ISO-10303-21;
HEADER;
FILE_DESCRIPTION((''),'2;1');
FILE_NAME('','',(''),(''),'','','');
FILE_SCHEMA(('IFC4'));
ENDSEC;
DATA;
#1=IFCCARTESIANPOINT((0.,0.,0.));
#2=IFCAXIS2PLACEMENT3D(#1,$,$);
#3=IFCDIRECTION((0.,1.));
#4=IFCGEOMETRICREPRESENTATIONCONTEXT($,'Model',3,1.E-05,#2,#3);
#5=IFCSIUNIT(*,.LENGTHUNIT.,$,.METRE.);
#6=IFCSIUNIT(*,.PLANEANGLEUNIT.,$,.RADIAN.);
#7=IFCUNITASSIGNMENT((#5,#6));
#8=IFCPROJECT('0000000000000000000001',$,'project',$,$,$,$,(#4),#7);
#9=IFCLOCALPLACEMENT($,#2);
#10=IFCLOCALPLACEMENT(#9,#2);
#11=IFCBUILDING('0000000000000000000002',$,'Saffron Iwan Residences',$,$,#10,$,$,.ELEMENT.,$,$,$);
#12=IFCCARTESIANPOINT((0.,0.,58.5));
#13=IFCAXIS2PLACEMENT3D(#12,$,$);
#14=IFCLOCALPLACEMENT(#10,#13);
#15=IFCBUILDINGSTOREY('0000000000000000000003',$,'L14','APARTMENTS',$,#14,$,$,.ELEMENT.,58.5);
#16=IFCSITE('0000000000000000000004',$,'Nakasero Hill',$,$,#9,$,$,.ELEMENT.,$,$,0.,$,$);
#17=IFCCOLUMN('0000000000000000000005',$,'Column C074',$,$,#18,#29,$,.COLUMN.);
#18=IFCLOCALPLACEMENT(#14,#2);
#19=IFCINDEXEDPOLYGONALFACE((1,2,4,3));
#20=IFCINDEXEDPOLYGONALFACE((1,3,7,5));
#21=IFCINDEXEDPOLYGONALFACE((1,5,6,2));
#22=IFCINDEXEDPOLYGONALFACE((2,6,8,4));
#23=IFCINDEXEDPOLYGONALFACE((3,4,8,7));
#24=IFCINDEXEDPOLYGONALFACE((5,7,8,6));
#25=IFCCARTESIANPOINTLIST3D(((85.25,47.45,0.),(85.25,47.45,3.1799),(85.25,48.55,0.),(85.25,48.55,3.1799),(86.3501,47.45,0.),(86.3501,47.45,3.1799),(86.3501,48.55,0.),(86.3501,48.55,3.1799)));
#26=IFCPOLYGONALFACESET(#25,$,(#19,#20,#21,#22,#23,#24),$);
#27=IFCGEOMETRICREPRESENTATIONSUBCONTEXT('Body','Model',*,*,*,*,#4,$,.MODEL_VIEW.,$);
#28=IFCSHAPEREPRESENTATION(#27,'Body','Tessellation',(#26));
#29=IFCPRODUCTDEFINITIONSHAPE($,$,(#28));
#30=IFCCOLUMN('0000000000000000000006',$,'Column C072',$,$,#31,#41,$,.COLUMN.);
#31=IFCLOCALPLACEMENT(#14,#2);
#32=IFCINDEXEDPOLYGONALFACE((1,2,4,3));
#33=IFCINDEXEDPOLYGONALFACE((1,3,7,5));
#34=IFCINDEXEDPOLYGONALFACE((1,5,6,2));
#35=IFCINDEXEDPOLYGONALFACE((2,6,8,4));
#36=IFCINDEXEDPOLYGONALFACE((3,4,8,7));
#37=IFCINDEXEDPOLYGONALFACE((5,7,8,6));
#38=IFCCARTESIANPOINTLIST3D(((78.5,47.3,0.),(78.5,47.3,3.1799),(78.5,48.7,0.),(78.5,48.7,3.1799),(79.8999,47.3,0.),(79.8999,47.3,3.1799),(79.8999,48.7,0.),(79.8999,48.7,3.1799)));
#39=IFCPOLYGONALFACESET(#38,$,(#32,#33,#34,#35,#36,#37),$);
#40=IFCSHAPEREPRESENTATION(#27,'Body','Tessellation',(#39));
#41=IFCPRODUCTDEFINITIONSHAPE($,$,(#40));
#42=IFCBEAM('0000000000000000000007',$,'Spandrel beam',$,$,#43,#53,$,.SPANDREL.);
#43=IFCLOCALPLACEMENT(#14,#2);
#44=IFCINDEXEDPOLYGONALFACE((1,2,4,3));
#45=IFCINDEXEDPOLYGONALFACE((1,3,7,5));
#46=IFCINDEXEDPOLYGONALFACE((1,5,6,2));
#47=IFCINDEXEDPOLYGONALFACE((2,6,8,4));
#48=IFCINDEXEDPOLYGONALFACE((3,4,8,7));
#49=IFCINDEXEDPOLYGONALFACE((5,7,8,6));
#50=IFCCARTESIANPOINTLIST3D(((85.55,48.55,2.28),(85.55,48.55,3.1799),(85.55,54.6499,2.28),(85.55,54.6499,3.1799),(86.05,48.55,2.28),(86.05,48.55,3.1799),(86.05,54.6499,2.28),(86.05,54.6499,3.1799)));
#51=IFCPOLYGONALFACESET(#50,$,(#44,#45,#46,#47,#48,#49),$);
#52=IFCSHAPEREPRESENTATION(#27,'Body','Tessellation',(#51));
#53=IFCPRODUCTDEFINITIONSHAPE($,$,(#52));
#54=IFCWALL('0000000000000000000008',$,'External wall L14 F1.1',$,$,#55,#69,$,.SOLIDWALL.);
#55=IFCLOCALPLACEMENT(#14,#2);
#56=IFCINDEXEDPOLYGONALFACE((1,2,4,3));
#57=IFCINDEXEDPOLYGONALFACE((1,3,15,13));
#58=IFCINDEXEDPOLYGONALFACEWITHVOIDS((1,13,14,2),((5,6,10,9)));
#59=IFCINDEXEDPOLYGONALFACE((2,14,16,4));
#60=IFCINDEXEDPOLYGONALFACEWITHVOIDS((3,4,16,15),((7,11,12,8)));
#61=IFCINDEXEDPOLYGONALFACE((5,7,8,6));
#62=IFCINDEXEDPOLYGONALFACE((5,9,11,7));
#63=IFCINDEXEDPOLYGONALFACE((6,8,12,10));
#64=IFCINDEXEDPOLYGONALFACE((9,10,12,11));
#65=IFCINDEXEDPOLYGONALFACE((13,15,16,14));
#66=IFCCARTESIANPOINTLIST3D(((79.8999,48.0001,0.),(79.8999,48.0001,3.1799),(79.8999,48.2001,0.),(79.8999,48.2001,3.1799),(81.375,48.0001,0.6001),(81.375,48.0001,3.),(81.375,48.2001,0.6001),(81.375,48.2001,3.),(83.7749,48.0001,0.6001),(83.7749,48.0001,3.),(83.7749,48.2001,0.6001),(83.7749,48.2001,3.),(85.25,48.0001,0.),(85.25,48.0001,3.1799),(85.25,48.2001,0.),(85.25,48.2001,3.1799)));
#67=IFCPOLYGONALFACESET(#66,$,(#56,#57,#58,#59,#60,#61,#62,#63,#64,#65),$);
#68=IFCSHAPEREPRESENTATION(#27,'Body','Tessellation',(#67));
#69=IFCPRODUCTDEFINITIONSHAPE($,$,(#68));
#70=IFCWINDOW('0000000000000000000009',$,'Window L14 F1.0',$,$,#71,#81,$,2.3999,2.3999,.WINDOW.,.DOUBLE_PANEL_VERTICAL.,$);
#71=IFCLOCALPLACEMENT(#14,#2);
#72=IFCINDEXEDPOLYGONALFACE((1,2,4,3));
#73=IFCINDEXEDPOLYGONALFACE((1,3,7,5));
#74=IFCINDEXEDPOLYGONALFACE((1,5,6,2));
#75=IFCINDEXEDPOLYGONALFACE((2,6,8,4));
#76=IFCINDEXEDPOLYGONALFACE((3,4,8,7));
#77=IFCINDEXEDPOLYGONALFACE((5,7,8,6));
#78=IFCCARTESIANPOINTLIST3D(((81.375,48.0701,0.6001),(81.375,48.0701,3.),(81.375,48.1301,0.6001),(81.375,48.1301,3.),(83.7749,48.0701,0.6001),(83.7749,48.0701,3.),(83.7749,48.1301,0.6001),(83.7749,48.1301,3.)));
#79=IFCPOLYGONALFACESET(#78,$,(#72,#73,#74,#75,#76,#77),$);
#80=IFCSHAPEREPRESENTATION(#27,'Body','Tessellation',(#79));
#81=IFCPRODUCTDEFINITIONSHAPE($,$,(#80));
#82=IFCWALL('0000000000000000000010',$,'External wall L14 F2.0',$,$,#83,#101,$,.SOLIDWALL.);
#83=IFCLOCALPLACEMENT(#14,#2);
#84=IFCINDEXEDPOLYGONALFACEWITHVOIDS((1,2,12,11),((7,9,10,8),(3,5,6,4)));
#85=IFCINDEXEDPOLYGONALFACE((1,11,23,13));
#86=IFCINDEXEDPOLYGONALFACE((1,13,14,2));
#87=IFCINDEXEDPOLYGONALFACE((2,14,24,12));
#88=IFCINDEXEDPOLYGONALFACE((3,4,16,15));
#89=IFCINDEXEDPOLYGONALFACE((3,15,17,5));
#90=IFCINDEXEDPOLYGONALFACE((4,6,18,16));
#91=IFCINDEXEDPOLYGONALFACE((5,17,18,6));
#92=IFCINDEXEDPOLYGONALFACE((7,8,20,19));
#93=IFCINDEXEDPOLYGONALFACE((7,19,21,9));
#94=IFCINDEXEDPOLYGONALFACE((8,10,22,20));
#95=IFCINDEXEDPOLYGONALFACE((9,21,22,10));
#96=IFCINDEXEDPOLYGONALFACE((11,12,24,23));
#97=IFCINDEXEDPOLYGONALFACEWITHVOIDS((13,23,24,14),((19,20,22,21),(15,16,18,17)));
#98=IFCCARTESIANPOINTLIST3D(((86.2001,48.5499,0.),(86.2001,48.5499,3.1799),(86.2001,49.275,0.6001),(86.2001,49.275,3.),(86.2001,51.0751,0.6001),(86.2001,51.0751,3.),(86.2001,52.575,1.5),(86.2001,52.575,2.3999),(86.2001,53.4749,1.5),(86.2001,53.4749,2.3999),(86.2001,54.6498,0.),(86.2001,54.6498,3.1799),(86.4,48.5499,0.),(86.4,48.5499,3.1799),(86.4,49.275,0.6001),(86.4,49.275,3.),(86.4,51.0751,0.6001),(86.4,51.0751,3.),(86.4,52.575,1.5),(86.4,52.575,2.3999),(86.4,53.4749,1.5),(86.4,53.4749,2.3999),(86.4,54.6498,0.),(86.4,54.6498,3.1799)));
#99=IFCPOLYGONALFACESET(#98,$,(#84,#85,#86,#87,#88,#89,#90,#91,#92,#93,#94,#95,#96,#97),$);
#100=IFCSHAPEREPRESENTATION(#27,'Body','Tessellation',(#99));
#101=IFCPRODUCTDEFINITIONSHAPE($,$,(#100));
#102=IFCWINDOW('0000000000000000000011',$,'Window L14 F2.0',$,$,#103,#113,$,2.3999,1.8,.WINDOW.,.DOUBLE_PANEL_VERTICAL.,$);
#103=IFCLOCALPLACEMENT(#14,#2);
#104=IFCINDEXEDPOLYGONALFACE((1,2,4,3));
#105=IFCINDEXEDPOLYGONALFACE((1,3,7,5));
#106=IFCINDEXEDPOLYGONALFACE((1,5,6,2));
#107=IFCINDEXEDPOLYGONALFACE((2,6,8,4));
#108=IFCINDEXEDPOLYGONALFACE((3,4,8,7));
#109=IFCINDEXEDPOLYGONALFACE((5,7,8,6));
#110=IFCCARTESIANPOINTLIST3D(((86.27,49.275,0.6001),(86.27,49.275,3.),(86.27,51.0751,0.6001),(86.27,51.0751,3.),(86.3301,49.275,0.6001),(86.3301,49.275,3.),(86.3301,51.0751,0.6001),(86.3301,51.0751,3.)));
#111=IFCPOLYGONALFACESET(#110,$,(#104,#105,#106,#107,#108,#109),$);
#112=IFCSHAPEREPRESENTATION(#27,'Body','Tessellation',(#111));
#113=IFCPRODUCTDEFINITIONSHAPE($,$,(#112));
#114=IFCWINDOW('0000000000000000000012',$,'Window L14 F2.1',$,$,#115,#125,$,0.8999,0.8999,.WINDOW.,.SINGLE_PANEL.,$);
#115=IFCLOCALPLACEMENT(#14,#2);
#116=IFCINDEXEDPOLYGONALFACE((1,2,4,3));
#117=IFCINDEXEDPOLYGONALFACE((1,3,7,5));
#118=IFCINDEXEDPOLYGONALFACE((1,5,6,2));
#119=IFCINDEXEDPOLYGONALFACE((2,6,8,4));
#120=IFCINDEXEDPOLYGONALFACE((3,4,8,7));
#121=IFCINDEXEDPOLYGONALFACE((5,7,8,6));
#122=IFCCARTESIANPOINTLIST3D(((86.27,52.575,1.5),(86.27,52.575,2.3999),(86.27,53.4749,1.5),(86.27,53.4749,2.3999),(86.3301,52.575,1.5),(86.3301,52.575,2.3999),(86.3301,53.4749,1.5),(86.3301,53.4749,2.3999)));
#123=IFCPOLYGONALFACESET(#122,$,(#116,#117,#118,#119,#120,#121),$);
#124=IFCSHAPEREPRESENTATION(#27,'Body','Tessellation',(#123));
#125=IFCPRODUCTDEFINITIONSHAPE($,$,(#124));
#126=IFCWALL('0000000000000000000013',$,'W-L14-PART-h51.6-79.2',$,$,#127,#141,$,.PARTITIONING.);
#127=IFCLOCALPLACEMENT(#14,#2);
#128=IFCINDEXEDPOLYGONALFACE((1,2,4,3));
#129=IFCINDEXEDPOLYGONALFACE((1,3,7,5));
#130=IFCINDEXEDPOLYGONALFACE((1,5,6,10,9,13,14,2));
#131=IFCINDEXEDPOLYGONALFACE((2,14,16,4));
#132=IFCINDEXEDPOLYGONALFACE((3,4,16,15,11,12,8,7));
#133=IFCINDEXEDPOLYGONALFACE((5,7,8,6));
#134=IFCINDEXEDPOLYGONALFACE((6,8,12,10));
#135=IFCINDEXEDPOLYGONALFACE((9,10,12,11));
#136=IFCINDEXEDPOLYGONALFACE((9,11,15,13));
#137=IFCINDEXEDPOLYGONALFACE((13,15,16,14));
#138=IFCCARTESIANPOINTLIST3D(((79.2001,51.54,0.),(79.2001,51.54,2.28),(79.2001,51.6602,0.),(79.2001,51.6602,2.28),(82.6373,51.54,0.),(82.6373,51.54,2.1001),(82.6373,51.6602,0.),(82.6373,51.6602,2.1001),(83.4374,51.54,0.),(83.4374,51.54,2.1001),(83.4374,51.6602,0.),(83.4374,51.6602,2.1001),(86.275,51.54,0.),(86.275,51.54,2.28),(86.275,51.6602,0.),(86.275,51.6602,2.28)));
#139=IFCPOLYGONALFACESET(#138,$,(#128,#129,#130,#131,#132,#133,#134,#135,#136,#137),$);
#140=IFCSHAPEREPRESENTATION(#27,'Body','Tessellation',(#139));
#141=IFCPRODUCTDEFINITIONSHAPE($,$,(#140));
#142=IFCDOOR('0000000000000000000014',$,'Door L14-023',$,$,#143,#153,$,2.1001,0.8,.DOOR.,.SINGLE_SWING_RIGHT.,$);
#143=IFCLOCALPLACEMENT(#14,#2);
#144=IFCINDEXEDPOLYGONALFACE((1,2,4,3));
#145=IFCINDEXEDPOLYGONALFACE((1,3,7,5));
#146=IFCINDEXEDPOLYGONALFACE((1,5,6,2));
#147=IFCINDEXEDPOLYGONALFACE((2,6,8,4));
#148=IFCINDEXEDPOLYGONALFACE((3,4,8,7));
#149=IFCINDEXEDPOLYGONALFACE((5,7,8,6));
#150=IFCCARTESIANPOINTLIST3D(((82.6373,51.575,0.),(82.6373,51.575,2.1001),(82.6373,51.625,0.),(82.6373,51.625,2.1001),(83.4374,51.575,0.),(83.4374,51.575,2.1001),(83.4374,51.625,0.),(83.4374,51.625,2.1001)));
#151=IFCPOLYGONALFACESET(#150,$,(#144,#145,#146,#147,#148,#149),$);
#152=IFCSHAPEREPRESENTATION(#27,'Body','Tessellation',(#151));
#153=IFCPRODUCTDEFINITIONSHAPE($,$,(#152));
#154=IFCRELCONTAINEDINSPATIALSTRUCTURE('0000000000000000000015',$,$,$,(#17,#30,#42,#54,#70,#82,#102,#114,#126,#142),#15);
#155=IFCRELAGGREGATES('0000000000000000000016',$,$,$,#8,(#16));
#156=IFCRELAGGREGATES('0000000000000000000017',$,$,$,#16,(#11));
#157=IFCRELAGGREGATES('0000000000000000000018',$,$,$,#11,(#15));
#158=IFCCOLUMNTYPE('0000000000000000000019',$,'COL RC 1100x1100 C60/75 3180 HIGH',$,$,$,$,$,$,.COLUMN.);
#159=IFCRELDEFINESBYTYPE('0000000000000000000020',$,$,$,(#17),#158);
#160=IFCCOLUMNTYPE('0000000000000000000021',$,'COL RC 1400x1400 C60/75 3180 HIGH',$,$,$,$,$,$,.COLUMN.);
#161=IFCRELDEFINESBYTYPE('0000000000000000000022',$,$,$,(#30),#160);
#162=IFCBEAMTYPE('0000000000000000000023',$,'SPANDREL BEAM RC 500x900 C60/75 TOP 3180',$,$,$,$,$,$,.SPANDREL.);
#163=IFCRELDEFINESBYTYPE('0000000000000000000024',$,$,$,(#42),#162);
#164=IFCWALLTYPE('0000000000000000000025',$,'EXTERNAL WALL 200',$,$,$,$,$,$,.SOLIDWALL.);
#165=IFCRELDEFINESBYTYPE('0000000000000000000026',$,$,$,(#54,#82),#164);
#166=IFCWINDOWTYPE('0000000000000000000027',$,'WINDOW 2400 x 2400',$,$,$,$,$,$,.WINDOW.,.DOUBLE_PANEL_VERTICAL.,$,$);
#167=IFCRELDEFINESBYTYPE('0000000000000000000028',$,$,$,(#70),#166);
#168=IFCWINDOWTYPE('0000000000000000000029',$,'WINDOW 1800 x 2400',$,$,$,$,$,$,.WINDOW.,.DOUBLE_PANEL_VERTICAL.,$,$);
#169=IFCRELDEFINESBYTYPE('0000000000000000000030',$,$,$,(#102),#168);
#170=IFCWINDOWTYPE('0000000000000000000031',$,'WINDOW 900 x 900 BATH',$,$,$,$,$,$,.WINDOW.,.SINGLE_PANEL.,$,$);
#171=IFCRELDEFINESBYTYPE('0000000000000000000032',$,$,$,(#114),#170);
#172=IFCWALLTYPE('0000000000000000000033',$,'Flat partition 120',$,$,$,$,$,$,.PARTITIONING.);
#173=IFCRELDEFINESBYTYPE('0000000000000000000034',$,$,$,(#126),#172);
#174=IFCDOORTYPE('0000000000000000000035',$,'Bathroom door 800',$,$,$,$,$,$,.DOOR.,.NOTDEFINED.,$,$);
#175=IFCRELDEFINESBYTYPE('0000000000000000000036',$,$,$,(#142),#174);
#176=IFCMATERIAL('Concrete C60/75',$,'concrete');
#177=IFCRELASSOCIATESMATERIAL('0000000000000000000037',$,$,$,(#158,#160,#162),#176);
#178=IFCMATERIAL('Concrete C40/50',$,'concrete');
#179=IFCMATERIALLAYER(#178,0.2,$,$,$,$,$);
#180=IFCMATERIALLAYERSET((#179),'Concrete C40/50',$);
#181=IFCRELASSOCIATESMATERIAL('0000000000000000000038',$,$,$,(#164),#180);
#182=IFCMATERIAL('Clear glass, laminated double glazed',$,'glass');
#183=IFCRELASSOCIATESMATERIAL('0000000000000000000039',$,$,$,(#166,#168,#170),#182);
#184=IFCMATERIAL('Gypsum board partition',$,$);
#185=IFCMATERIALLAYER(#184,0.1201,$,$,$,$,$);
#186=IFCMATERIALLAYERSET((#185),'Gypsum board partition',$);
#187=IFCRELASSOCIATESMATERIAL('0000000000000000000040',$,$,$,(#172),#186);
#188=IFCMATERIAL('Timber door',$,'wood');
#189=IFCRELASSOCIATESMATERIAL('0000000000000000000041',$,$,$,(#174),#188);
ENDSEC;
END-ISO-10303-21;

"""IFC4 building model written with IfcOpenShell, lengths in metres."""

from ifc_helpers import new_model, si_unit, direction, frame, frame_2d, origin, origin_2d, place, context, subcontext, project, spatial, rectangle, extrude, source, transform, mapped, material, layer, layer_set, material_profile, profile_set, type_object, element, fill, save


model = new_model("IFC4")

# Units and contexts
model_context = context("Model", 3, precision=1e-05, world=origin(), true_north=direction((0.0, 1.0)))
body_context = subcontext(model_context, "Body", "Model", "MODEL_VIEW")
ifc_project = project(units=[si_unit("LENGTHUNIT", "METRE"), si_unit("PLANEANGLEUNIT", "RADIAN")], contexts=[model_context])

# Site, building, storey
site_placement = place(None, origin())
site = spatial("IfcSite", under=ifc_project, at=site_placement, Name="Nakasero Hill", CompositionType="ELEMENT", RefElevation=0.0)
building_placement = place(site_placement, origin())
building = spatial("IfcBuilding", under=site, at=building_placement, Name="Saffron Iwan Residences", CompositionType="ELEMENT")
storey_placement = place(building_placement, frame((0.0, 0.0, 58.5)))
storey = spatial("IfcBuildingStorey", under=building, at=storey_placement, Name="L14", Description="APARTMENTS", CompositionType="ELEMENT", Elevation=58.5)

# Columns
ifc_material_1 = material(Name="Concrete C60/75", Category="concrete")
ifc_material_profile_1 = material_profile(ifc_material_1, rectangle(XDim=1.1001, YDim=1.1001, at=origin_2d()), Name="RC 1100x1100")
ifc_profile_set_1 = profile_set([ifc_material_profile_1], Name="Concrete C60/75")
column_type_1 = type_object("IfcColumnType", Name="COL RC 1100x1100 C60/75 3180 HIGH", PredefinedType="COLUMN", material=ifc_profile_set_1)
shared_shape_1 = source(origin(), body_context, "Body", "SweptSolid", [
    extrude(rectangle(XDim=1.1001, YDim=1.1001, at=origin_2d()), origin(), (0.0, 0.0, 1.0), 3.1799),
])
column_1_placement = place(storey_placement, frame((85.8, 48.0, 0.0), z_axis=(0.0, 0.0, 1.0), x_axis=(1.0, 0.0, 0.0)))
element("IfcColumn", 1, at=column_1_placement, inside=storey, type_object=column_type_1, Name="Column C074", PredefinedType="COLUMN", context=body_context, shape_type="MappedRepresentation", body=[
    mapped(shared_shape_1, transform((0.0, 0.0, 0.0))),
])
ifc_material_profile_2 = material_profile(ifc_material_1, rectangle(XDim=1.3999, YDim=1.3999, at=origin_2d()), Name="RC 1400x1400")
ifc_profile_set_2 = profile_set([ifc_material_profile_2], Name="Concrete C60/75")
column_type_2 = type_object("IfcColumnType", Name="COL RC 1400x1400 C60/75 3180 HIGH", PredefinedType="COLUMN", material=ifc_profile_set_2)
shared_shape_2 = source(origin(), body_context, "Body", "SweptSolid", [
    extrude(rectangle(XDim=1.3999, YDim=1.3999, at=origin_2d()), origin(), (0.0, 0.0, 1.0), 3.1799),
])
column_2_placement = place(storey_placement, frame((79.2, 48.0, 0.0), z_axis=(0.0, 0.0, 1.0), x_axis=(1.0, 0.0, 0.0)))
element("IfcColumn", 2, at=column_2_placement, inside=storey, type_object=column_type_2, Name="Column C072", PredefinedType="COLUMN", context=body_context, shape_type="MappedRepresentation", body=[
    mapped(shared_shape_2, transform((0.0, 0.0, 0.0))),
])

# Beam
ifc_material_profile_3 = material_profile(ifc_material_1, rectangle(XDim=0.5, YDim=0.8999, at=origin_2d()), Name="RC 500x900")
ifc_profile_set_3 = profile_set([ifc_material_profile_3], Name="Concrete C60/75")
beam_type = type_object("IfcBeamType", Name="SPANDREL BEAM RC 500x900 C60/75 TOP 3180", PredefinedType="SPANDREL", material=ifc_profile_set_3)
shared_shape_3 = source(origin(), body_context, "Body", "SweptSolid", [
    extrude(rectangle(XDim=0.5, YDim=0.8999, at=origin_2d()), origin(), (0.0, 0.0, 1.0), 6.0999),
])
beam_placement = place(storey_placement, frame((85.8, 54.6499, 2.73), z_axis=(0.0, -1.0, 0.0), x_axis=(1.0, 0.0, 0.0)))
element("IfcBeam", 3, at=beam_placement, inside=storey, type_object=beam_type, Name="Spandrel beam", PredefinedType="SPANDREL", context=body_context, shape_type="MappedRepresentation", body=[
    mapped(shared_shape_3, transform((0.0, 0.0, 0.0))),
])

# Wall, opening, window
ifc_material_2 = material(Name="Concrete C40/50", Category="concrete")
ifc_layer_1 = layer(ifc_material_2, 0.2)
ifc_layer_set_1 = layer_set([ifc_layer_1], Name="Concrete C40/50")
wall_type_1 = type_object("IfcWallType", Name="EXTERNAL WALL 200", PredefinedType="SOLIDWALL", material=ifc_layer_set_1)
wall_1_placement = place(storey_placement, frame((79.8999, 48.1001, 0.0), z_axis=(0.0, 0.0, 1.0), x_axis=(1.0, 0.0, 0.0)))
wall_1 = element("IfcWall", 4, at=wall_1_placement, inside=storey, type_object=wall_type_1, Name="External wall L14 F1.1", PredefinedType="SOLIDWALL", context=body_context, shape_type="SweptSolid", body=[
    extrude(rectangle(XDim=5.3501, YDim=0.2, at=frame_2d((2.675, 0.0))), origin(), (0.0, 0.0, 1.0), 3.1799),
])
opening_1_placement = place(wall_1_placement, frame((1.4751, 0.0, 0.6001)))
opening_1 = element("IfcOpeningElement", 5, at=opening_1_placement, cuts=wall_1, PredefinedType="OPENING", context=body_context, shape_type="SweptSolid", body=[
    extrude(rectangle(XDim=2.3999, YDim=2.3999, at=frame_2d((1.2, 1.2))), frame((0.0, 0.1099, 0.0), z_axis=(0.0, -1.0, 0.0), x_axis=(1.0, 0.0, 0.0)), (0.0, 0.0, 1.0), 0.22),
])
ifc_material_3 = material(Name="Clear glass, laminated double glazed", Category="glass")
window_type_1 = type_object("IfcWindowType", Name="WINDOW 2400 x 2400", PartitioningType="DOUBLE_PANEL_VERTICAL", PredefinedType="WINDOW", material=ifc_material_3)
window_1_placement = place(opening_1_placement, origin())
window_1 = element("IfcWindow", 6, at=window_1_placement, inside=storey, type_object=window_type_1, Name="Window L14 F1.0", OverallHeight=2.3999, OverallWidth=2.3999, PartitioningType="DOUBLE_PANEL_VERTICAL", PredefinedType="WINDOW", context=body_context, shape_type="SweptSolid", body=[
    extrude(rectangle(XDim=2.3999, YDim=2.3999, at=frame_2d((1.2, 1.2))), frame((0.0, 0.03, 0.0), z_axis=(0.0, -1.0, 0.0), x_axis=(1.0, 0.0, 0.0)), (0.0, 0.0, 1.0), 0.0601),
])
fill(opening_1, window_1)

# Wall, openings, windows
wall_2_placement = place(storey_placement, frame((86.3, 48.55, 0.0), z_axis=(0.0, 0.0, 1.0), x_axis=(0.0, 1.0, 0.0)))
wall_2 = element("IfcWall", 7, at=wall_2_placement, inside=storey, type_object=wall_type_1, Name="External wall L14 F2.0", PredefinedType="SOLIDWALL", context=body_context, shape_type="SweptSolid", body=[
    extrude(rectangle(XDim=6.0999, YDim=0.2, at=frame_2d((3.0498, 0.0))), origin(), (0.0, 0.0, 1.0), 3.1799),
])
opening_2_placement = place(wall_2_placement, frame((0.7251, 0.0, 0.6001)))
opening_2 = element("IfcOpeningElement", 8, at=opening_2_placement, cuts=wall_2, PredefinedType="OPENING", context=body_context, shape_type="SweptSolid", body=[
    extrude(rectangle(XDim=1.8, YDim=2.3999, at=frame_2d((0.8999, 1.2))), frame((0.0, 0.1099, 0.0), z_axis=(0.0, -1.0, 0.0), x_axis=(1.0, 0.0, 0.0)), (0.0, 0.0, 1.0), 0.22),
])
opening_3_placement = place(wall_2_placement, frame((4.0249, 0.0, 1.5)))
opening_3 = element("IfcOpeningElement", 9, at=opening_3_placement, cuts=wall_2, PredefinedType="OPENING", context=body_context, shape_type="SweptSolid", body=[
    extrude(rectangle(XDim=0.8999, YDim=0.8999, at=frame_2d((0.45, 0.45))), frame((0.0, 0.1099, 0.0), z_axis=(0.0, -1.0, 0.0), x_axis=(1.0, 0.0, 0.0)), (0.0, 0.0, 1.0), 0.22),
])
window_type_2 = type_object("IfcWindowType", Name="WINDOW 1800 x 2400", PartitioningType="DOUBLE_PANEL_VERTICAL", PredefinedType="WINDOW", material=ifc_material_3)
window_2_placement = place(opening_2_placement, origin())
window_2 = element("IfcWindow", 10, at=window_2_placement, inside=storey, type_object=window_type_2, Name="Window L14 F2.0", OverallHeight=2.3999, OverallWidth=1.8, PartitioningType="DOUBLE_PANEL_VERTICAL", PredefinedType="WINDOW", context=body_context, shape_type="SweptSolid", body=[
    extrude(rectangle(XDim=1.8, YDim=2.3999, at=frame_2d((0.8999, 1.2))), frame((0.0, 0.03, 0.0), z_axis=(0.0, -1.0, 0.0), x_axis=(1.0, 0.0, 0.0)), (0.0, 0.0, 1.0), 0.0601),
])
fill(opening_2, window_2)
window_type_3 = type_object("IfcWindowType", Name="WINDOW 900 x 900 BATH", PartitioningType="SINGLE_PANEL", PredefinedType="WINDOW", material=ifc_material_3)
window_3_placement = place(opening_3_placement, origin())
window_3 = element("IfcWindow", 11, at=window_3_placement, inside=storey, type_object=window_type_3, Name="Window L14 F2.1", OverallHeight=0.8999, OverallWidth=0.8999, PartitioningType="SINGLE_PANEL", PredefinedType="WINDOW", context=body_context, shape_type="SweptSolid", body=[
    extrude(rectangle(XDim=0.8999, YDim=0.8999, at=frame_2d((0.45, 0.45))), frame((0.0, 0.03, 0.0), z_axis=(0.0, -1.0, 0.0), x_axis=(1.0, 0.0, 0.0)), (0.0, 0.0, 1.0), 0.0601),
])
fill(opening_3, window_3)

# Wall, opening, door
ifc_material_4 = material(Name="Gypsum board partition")
ifc_layer_2 = layer(ifc_material_4, 0.1201)
ifc_layer_set_2 = layer_set([ifc_layer_2], Name="Gypsum board partition")
wall_type_2 = type_object("IfcWallType", Name="Flat partition 120", PredefinedType="PARTITIONING", material=ifc_layer_set_2)
wall_3_placement = place(storey_placement, frame((79.2, 51.6001, 0.0), z_axis=(0.0, 0.0, 1.0), x_axis=(1.0, 0.0, 0.0)))
wall_3 = element("IfcWall", 12, at=wall_3_placement, inside=storey, type_object=wall_type_2, Name="W-L14-PART-h51.6-79.2", PredefinedType="PARTITIONING", context=body_context, shape_type="SweptSolid", body=[
    extrude(rectangle(XDim=7.075, YDim=0.1201, at=frame_2d((3.5376, 0.0))), origin(), (0.0, 0.0, 1.0), 2.28),
])
opening_4_placement = place(wall_3_placement, frame((3.4375, 0.0, 0.0)))
opening_4 = element("IfcOpeningElement", 13, at=opening_4_placement, cuts=wall_3, PredefinedType="OPENING", context=body_context, shape_type="SweptSolid", body=[
    extrude(rectangle(XDim=0.8, YDim=2.1001, at=frame_2d((0.3999, 1.05))), frame((0.0, 0.0701, 0.0), z_axis=(0.0, -1.0, 0.0), x_axis=(1.0, 0.0, 0.0)), (0.0, 0.0, 1.0), 0.1401),
])
ifc_material_5 = material(Name="Timber door", Category="wood")
door_type_1 = type_object("IfcDoorType", Name="Bathroom door 800", OperationType="NOTDEFINED", PredefinedType="DOOR", material=ifc_material_5)
door_1_placement = place(opening_4_placement, origin())
door_1 = element("IfcDoor", 14, at=door_1_placement, inside=storey, type_object=door_type_1, Name="Door L14-023", OperationType="SINGLE_SWING_RIGHT", OverallHeight=2.1001, OverallWidth=0.8, PredefinedType="DOOR", context=body_context, shape_type="SweptSolid", body=[
    extrude(rectangle(XDim=0.8, YDim=2.1001, at=frame_2d((0.3999, 1.05))), frame((0.0, 0.0249, 0.0), z_axis=(0.0, -1.0, 0.0), x_axis=(1.0, 0.0, 0.0)), (0.0, 0.0, 1.0), 0.05),
])
fill(opening_4, door_1)

save(model, "model.ifc")
